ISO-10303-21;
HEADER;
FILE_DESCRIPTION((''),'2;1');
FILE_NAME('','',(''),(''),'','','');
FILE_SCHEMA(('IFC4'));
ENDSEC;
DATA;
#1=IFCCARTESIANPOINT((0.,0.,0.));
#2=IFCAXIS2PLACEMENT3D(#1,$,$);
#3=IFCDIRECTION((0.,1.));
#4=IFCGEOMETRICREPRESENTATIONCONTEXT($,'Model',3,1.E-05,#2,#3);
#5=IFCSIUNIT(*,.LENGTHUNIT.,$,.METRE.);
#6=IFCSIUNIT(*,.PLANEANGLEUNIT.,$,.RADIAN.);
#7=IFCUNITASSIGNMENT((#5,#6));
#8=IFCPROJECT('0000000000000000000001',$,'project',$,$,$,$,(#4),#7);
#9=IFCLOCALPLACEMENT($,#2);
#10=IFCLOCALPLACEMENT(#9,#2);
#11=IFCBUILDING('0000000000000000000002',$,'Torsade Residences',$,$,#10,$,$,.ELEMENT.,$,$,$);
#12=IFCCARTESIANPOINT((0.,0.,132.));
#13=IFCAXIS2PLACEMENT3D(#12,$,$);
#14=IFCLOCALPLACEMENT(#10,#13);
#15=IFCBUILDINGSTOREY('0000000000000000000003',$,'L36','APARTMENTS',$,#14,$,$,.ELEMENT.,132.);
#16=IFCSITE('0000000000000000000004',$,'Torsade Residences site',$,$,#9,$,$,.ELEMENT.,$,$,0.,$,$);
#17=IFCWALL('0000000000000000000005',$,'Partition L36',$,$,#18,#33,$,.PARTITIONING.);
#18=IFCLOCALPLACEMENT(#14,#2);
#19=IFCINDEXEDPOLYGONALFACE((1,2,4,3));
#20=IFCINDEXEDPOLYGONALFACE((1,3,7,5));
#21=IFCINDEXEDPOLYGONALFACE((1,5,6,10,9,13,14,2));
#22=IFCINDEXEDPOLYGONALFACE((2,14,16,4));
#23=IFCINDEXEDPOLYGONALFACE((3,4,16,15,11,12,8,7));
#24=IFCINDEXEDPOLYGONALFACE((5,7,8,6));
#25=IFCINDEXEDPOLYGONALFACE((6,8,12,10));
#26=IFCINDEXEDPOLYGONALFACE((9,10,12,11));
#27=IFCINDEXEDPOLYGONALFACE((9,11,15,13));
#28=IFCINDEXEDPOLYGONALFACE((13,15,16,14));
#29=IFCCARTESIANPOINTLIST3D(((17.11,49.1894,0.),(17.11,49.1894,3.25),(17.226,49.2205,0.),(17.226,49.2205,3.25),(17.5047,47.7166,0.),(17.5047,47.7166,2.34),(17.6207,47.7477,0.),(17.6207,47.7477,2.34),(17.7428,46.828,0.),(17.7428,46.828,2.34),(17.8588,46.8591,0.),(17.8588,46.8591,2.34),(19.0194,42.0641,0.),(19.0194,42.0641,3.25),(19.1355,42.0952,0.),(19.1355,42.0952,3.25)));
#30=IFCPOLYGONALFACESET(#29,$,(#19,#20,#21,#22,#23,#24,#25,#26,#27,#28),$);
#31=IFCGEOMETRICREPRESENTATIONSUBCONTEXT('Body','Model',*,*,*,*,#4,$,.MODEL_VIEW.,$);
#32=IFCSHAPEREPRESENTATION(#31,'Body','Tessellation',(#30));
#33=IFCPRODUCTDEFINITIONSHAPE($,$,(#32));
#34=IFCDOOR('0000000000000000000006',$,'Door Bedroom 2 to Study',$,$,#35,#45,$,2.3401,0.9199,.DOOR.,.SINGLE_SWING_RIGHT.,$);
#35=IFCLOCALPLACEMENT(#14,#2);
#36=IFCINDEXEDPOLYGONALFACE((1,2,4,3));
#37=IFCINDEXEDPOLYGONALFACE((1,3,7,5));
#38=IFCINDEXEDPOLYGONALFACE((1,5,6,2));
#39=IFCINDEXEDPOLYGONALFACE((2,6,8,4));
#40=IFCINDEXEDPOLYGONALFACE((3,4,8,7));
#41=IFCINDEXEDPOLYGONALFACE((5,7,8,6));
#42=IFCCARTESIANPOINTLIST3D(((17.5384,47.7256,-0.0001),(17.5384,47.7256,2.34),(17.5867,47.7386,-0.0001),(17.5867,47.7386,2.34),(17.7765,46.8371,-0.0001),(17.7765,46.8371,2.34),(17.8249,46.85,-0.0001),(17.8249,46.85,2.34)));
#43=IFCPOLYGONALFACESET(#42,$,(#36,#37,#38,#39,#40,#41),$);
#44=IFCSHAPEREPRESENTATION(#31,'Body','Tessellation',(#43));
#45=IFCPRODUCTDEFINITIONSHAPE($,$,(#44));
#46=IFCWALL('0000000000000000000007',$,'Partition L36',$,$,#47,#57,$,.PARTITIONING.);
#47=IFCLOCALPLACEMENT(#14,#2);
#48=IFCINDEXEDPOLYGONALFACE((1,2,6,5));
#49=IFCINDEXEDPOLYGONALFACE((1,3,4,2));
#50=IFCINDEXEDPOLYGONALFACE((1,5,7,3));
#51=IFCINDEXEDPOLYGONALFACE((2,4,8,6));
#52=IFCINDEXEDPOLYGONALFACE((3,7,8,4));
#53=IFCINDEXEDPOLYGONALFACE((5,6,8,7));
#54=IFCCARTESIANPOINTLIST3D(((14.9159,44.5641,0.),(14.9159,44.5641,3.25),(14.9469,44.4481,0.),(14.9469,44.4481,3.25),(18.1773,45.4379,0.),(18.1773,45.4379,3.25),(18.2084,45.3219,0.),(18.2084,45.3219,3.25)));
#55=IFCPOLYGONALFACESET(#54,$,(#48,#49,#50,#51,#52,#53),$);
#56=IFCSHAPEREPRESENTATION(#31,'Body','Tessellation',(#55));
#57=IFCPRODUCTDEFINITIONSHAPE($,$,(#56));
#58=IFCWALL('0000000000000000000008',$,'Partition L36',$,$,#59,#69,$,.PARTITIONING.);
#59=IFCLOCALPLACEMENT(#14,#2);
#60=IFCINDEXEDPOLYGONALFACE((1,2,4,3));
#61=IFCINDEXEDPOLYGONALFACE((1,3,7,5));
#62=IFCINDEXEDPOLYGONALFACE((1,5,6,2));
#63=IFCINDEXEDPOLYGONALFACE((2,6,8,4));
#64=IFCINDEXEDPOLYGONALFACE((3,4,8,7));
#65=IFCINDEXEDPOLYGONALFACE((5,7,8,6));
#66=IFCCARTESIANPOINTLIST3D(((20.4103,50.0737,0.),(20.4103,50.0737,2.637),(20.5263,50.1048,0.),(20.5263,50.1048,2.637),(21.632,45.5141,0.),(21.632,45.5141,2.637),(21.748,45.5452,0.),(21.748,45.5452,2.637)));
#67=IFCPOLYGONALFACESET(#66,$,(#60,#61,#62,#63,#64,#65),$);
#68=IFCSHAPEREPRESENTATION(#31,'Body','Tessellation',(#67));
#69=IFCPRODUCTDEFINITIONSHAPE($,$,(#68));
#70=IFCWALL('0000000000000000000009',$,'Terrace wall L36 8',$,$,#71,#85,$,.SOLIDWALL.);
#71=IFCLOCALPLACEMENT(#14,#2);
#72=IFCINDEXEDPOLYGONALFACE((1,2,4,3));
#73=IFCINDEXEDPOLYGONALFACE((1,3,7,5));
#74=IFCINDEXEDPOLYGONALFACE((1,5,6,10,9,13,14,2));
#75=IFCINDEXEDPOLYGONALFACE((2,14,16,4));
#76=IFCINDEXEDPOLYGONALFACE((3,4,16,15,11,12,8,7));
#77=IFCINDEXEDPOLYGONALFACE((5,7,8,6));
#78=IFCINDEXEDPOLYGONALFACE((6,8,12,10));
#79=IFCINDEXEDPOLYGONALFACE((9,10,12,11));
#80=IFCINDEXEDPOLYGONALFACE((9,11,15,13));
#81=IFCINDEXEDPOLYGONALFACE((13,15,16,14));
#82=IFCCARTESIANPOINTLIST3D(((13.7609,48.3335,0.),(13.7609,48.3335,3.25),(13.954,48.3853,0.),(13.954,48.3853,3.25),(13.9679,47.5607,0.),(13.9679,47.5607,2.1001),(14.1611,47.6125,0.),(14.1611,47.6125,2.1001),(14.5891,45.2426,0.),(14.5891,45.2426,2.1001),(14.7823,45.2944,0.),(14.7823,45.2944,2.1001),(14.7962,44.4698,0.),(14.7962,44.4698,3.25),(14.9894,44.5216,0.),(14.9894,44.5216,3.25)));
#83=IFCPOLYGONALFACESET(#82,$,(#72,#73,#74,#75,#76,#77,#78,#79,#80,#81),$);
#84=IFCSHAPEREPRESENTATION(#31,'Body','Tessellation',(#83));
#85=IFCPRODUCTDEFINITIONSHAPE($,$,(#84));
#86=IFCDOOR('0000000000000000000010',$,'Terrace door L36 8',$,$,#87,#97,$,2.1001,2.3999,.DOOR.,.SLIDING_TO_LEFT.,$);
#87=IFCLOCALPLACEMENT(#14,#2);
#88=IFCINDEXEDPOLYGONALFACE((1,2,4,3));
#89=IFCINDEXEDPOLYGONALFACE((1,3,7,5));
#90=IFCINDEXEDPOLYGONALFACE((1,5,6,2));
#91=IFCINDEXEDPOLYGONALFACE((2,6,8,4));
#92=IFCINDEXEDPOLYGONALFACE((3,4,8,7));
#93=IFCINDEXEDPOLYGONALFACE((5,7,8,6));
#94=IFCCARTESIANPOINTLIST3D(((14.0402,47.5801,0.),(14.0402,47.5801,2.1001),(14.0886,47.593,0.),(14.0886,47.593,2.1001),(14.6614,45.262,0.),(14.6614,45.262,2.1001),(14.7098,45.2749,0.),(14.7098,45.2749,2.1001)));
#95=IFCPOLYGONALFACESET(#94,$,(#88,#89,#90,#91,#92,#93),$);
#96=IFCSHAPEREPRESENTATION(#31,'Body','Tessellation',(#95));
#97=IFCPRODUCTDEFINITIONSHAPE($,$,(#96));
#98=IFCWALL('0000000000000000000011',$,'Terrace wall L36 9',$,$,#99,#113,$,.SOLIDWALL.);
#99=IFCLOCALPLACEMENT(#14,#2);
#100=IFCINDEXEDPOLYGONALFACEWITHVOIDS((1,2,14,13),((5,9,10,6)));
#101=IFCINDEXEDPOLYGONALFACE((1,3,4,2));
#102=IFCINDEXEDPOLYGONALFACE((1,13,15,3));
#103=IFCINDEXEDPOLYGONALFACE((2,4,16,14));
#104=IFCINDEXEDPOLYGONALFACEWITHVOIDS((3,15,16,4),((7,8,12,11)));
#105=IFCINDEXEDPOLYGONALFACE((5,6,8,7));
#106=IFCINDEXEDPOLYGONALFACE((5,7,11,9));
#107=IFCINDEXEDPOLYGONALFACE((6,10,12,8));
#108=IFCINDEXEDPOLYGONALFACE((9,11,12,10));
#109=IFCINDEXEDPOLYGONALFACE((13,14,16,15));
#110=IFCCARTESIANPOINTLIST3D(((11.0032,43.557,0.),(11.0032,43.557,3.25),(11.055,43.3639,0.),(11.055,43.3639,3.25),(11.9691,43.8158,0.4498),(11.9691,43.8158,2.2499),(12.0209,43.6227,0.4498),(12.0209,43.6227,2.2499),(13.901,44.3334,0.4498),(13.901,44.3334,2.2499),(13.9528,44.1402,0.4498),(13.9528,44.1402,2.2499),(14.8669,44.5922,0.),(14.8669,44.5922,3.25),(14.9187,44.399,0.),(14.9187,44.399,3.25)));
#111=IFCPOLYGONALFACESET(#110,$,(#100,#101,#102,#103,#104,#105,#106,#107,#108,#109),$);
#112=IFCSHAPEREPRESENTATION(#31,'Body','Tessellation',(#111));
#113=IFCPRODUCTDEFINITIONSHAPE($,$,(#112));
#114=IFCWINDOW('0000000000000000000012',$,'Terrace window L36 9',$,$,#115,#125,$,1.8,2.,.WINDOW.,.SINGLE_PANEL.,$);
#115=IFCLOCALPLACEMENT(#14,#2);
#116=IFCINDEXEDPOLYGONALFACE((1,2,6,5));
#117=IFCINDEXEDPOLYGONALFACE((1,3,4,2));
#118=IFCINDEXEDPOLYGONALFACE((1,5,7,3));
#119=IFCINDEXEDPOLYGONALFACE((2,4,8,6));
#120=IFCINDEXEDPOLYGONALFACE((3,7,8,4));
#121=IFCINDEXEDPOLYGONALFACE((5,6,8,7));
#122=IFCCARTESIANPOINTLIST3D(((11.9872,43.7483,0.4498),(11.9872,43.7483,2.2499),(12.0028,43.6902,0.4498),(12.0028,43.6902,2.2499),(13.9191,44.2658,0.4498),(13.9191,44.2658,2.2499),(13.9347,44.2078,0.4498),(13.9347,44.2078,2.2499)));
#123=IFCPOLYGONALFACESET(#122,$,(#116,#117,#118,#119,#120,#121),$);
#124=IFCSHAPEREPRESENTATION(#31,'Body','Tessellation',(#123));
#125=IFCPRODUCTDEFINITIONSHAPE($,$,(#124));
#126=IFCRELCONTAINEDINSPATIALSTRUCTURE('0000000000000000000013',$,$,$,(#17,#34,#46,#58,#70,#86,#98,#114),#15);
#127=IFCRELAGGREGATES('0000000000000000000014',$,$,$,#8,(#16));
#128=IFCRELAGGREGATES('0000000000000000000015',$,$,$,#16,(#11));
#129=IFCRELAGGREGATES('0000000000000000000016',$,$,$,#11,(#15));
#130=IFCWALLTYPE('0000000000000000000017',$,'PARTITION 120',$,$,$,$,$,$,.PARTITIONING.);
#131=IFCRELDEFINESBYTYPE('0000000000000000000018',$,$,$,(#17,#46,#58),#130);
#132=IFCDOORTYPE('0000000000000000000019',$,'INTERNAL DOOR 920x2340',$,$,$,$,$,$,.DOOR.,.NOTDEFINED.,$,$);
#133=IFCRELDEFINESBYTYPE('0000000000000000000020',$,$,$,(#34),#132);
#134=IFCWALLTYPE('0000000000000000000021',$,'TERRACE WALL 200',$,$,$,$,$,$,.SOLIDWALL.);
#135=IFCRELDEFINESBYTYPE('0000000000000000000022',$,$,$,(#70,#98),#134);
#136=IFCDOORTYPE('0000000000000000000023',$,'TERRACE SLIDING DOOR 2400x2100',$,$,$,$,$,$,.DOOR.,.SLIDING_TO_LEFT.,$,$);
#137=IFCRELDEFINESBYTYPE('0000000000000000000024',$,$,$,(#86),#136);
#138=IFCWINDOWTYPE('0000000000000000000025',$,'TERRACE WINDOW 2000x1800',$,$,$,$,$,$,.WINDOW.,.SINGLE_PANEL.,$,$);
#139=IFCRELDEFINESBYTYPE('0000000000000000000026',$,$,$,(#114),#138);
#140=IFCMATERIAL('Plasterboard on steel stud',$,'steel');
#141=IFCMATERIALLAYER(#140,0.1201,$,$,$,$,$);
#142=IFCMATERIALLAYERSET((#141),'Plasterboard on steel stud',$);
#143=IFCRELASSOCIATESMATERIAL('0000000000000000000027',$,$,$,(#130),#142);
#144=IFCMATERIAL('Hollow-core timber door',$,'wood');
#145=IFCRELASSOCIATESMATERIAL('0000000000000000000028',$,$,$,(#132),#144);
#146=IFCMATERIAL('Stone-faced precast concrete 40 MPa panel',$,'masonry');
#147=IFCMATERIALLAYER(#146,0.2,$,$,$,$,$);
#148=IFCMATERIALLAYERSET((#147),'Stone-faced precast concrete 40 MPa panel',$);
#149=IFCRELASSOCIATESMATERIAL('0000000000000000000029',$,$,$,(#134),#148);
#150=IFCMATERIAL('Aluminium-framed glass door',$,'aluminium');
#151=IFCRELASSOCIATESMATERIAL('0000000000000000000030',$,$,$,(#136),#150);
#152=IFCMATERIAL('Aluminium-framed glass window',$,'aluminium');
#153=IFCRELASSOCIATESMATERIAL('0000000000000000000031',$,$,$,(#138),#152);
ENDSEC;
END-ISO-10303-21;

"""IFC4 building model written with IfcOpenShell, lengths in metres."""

from ifc_helpers import new_model, si_unit, direction, frame, frame_2d, origin, place, context, subcontext, project, spatial, rectangle, extrude, material, layer, layer_set, type_object, element, fill, save


model = new_model("IFC4")

# Units and contexts
model_context = context("Model", 3, precision=1e-05, world=origin(), true_north=direction((0.0, 1.0)))
body_context = subcontext(model_context, "Body", "Model", "MODEL_VIEW")
ifc_project = project(units=[si_unit("LENGTHUNIT", "METRE"), si_unit("PLANEANGLEUNIT", "RADIAN")], contexts=[model_context])

# Site, building, storey
site_placement = place(None, origin())
site = spatial("IfcSite", under=ifc_project, at=site_placement, Name="Torsade Residences site", CompositionType="ELEMENT", RefElevation=0.0)
building_placement = place(site_placement, origin())
building = spatial("IfcBuilding", under=site, at=building_placement, Name="Torsade Residences", CompositionType="ELEMENT")
storey_placement = place(building_placement, frame((0.0, 0.0, 132.0)))
storey = spatial("IfcBuildingStorey", under=building, at=storey_placement, Name="L36", Description="APARTMENTS", CompositionType="ELEMENT", Elevation=132.0)

# Wall, opening, door
ifc_material_1 = material(Name="Plasterboard on steel stud", Category="steel")
ifc_layer_1 = layer(ifc_material_1, 0.1201)
ifc_layer_set_1 = layer_set([ifc_layer_1], Name="Plasterboard on steel stud")
wall_type_1 = type_object("IfcWallType", Name="PARTITION 120", PredefinedType="PARTITIONING", material=ifc_layer_set_1)
ifc_material_2 = material(Name="Hollow-core timber door", Category="wood")
door_type_1 = type_object("IfcDoorType", Name="INTERNAL DOOR 920x2340", OperationType="NOTDEFINED", PredefinedType="DOOR", material=ifc_material_2)
wall_1_placement = place(storey_placement, frame((17.168, 49.2051, 0.0), z_axis=(0.0, 0.0, 1.0), x_axis=(0.258847, -0.965918, 0.0)))
wall_1 = element("IfcWall", 1, at=wall_1_placement, inside=storey, type_object=wall_type_1, Name="Partition L36", PredefinedType="PARTITIONING", context=body_context, shape_type="SweptSolid", body=[
    extrude(rectangle(XDim=7.3767, YDim=0.1201, at=frame_2d((3.6885, 0.0))), origin(), (0.0, 0.0, 1.0), 3.25),
])
opening_1_placement = place(wall_1_placement, frame((1.5249, 0.0, 0.0)))
opening_1 = element("IfcOpeningElement", 2, at=opening_1_placement, cuts=wall_1, PredefinedType="OPENING", context=body_context, shape_type="SweptSolid", body=[
    extrude(rectangle(XDim=0.9199, YDim=2.3401, at=frame_2d((0.46, 1.1699))), frame((0.0, 0.0701, 0.0), z_axis=(0.0, -1.0, 0.0), x_axis=(1.0, 0.0, 0.0)), (0.0, 0.0, 1.0), 0.1401),
])
door_1_placement = place(opening_1_placement, origin())
door_1 = element("IfcDoor", 3, at=door_1_placement, inside=storey, type_object=door_type_1, Name="Door Bedroom 2 to Study", OperationType="SINGLE_SWING_RIGHT", OverallHeight=2.3401, OverallWidth=0.9199, PredefinedType="DOOR", context=body_context, shape_type="SweptSolid", body=[
    extrude(rectangle(XDim=0.9199, YDim=2.3401, at=frame_2d((0.46, 1.1699))), frame((0.0, 0.0249, 0.0), z_axis=(0.0, -1.0, 0.0), x_axis=(1.0, 0.0, 0.0)), (0.0, 0.0, 1.0), 0.05),
])
fill(opening_1, door_1)

# Walls
wall_2_placement = place(storey_placement, frame((14.9314, 44.5061, 0.0), z_axis=(0.0, 0.0, 1.0), x_axis=(0.965935, 0.258783, 0.0)))
element("IfcWall", 4, at=wall_2_placement, inside=storey, type_object=wall_type_1, Name="Partition L36", PredefinedType="PARTITIONING", context=body_context, shape_type="SweptSolid", body=[
    extrude(rectangle(XDim=3.3765, YDim=0.1201, at=frame_2d((1.6882, 0.0))), origin(), (0.0, 0.0, 1.0), 3.25),
])
wall_3_placement = place(storey_placement, frame((20.4683, 50.0894, 0.0), z_axis=(0.0, 0.0, 1.0), x_axis=(0.258808, -0.965929, 0.0)))
element("IfcWall", 5, at=wall_3_placement, inside=storey, type_object=wall_type_1, Name="Partition L36", PredefinedType="PARTITIONING", context=body_context, shape_type="SweptSolid", body=[
    extrude(rectangle(XDim=4.7205, YDim=0.1201, at=frame_2d((2.3604, 0.0))), origin(), (0.0, 0.0, 1.0), 2.637),
])

# Wall, opening, door
ifc_material_3 = material(Name="Stone-faced precast concrete 40 MPa panel", Category="masonry")
ifc_layer_2 = layer(ifc_material_3, 0.2)
ifc_layer_set_2 = layer_set([ifc_layer_2], Name="Stone-faced precast concrete 40 MPa panel")
wall_type_2 = type_object("IfcWallType", Name="TERRACE WALL 200", PredefinedType="SOLIDWALL", material=ifc_layer_set_2)
wall_4_placement = place(storey_placement, frame((13.8574, 48.3594, 0.0), z_axis=(0.0, 0.0, 1.0), x_axis=(0.258844, -0.965919, 0.0)))
wall_4 = element("IfcWall", 6, at=wall_4_placement, inside=storey, type_object=wall_type_2, Name="Terrace wall L36 8", PredefinedType="SOLIDWALL", context=body_context, shape_type="SweptSolid", body=[
    extrude(rectangle(XDim=4.0, YDim=0.2, at=frame_2d((2.0, 0.0))), origin(), (0.0, 0.0, 1.0), 3.25),
])
opening_2_placement = place(wall_4_placement, frame((0.8, 0.0, 0.0)))
opening_2 = element("IfcOpeningElement", 7, at=opening_2_placement, cuts=wall_4, PredefinedType="OPENING", context=body_context, shape_type="SweptSolid", body=[
    extrude(rectangle(XDim=2.3999, YDim=2.1001, at=frame_2d((1.2, 1.05))), frame((0.0, 0.1099, 0.0), z_axis=(0.0, -1.0, 0.0), x_axis=(1.0, 0.0, 0.0)), (0.0, 0.0, 1.0), 0.22),
])
ifc_material_4 = material(Name="Aluminium-framed glass door", Category="aluminium")
door_type_2 = type_object("IfcDoorType", Name="TERRACE SLIDING DOOR 2400x2100", OperationType="SLIDING_TO_LEFT", PredefinedType="DOOR", material=ifc_material_4)
door_2_placement = place(opening_2_placement, origin())
door_2 = element("IfcDoor", 8, at=door_2_placement, inside=storey, type_object=door_type_2, Name="Terrace door L36 8", OperationType="SLIDING_TO_LEFT", OverallHeight=2.1001, OverallWidth=2.3999, PredefinedType="DOOR", context=body_context, shape_type="SweptSolid", body=[
    extrude(rectangle(XDim=2.3999, YDim=2.1001, at=frame_2d((1.2, 1.05))), frame((0.0, 0.0249, 0.0), z_axis=(0.0, -1.0, 0.0), x_axis=(1.0, 0.0, 0.0)), (0.0, 0.0, 1.0), 0.05),
])
fill(opening_2, door_2)

# Wall, opening, window
wall_5_placement = place(storey_placement, frame((14.8928, 44.4956, 0.0), z_axis=(0.0, 0.0, 1.0), x_axis=(-0.965934, -0.258787, 0.0)))
wall_5 = element("IfcWall", 9, at=wall_5_placement, inside=storey, type_object=wall_type_2, Name="Terrace wall L36 9", PredefinedType="SOLIDWALL", context=body_context, shape_type="SweptSolid", body=[
    extrude(rectangle(XDim=4.0, YDim=0.2, at=frame_2d((2.0, 0.0))), origin(), (0.0, 0.0, 1.0), 3.25),
])
opening_3_placement = place(wall_5_placement, frame((1.0, 0.0, 0.45)))
opening_3 = element("IfcOpeningElement", 10, at=opening_3_placement, cuts=wall_5, PredefinedType="OPENING", context=body_context, shape_type="SweptSolid", body=[
    extrude(rectangle(XDim=2.0, YDim=1.8, at=frame_2d((1.0, 0.8999))), frame((0.0, 0.1099, 0.0), z_axis=(0.0, -1.0, 0.0), x_axis=(1.0, 0.0, 0.0)), (0.0, 0.0, 1.0), 0.22),
])
ifc_material_5 = material(Name="Aluminium-framed glass window", Category="aluminium")
window_type = type_object("IfcWindowType", Name="TERRACE WINDOW 2000x1800", PartitioningType="SINGLE_PANEL", PredefinedType="WINDOW", material=ifc_material_5)
window_placement = place(opening_3_placement, origin())
window = element("IfcWindow", 11, at=window_placement, inside=storey, type_object=window_type, Name="Terrace window L36 9", OverallHeight=1.8, OverallWidth=2.0, PartitioningType="SINGLE_PANEL", PredefinedType="WINDOW", context=body_context, shape_type="SweptSolid", body=[
    extrude(rectangle(XDim=2.0, YDim=1.8, at=frame_2d((1.0, 0.8999))), frame((0.0, 0.03, 0.0), z_axis=(0.0, -1.0, 0.0), x_axis=(1.0, 0.0, 0.0)), (0.0, 0.0, 1.0), 0.0601),
])
fill(opening_3, window)

save(model, "model.ifc")
